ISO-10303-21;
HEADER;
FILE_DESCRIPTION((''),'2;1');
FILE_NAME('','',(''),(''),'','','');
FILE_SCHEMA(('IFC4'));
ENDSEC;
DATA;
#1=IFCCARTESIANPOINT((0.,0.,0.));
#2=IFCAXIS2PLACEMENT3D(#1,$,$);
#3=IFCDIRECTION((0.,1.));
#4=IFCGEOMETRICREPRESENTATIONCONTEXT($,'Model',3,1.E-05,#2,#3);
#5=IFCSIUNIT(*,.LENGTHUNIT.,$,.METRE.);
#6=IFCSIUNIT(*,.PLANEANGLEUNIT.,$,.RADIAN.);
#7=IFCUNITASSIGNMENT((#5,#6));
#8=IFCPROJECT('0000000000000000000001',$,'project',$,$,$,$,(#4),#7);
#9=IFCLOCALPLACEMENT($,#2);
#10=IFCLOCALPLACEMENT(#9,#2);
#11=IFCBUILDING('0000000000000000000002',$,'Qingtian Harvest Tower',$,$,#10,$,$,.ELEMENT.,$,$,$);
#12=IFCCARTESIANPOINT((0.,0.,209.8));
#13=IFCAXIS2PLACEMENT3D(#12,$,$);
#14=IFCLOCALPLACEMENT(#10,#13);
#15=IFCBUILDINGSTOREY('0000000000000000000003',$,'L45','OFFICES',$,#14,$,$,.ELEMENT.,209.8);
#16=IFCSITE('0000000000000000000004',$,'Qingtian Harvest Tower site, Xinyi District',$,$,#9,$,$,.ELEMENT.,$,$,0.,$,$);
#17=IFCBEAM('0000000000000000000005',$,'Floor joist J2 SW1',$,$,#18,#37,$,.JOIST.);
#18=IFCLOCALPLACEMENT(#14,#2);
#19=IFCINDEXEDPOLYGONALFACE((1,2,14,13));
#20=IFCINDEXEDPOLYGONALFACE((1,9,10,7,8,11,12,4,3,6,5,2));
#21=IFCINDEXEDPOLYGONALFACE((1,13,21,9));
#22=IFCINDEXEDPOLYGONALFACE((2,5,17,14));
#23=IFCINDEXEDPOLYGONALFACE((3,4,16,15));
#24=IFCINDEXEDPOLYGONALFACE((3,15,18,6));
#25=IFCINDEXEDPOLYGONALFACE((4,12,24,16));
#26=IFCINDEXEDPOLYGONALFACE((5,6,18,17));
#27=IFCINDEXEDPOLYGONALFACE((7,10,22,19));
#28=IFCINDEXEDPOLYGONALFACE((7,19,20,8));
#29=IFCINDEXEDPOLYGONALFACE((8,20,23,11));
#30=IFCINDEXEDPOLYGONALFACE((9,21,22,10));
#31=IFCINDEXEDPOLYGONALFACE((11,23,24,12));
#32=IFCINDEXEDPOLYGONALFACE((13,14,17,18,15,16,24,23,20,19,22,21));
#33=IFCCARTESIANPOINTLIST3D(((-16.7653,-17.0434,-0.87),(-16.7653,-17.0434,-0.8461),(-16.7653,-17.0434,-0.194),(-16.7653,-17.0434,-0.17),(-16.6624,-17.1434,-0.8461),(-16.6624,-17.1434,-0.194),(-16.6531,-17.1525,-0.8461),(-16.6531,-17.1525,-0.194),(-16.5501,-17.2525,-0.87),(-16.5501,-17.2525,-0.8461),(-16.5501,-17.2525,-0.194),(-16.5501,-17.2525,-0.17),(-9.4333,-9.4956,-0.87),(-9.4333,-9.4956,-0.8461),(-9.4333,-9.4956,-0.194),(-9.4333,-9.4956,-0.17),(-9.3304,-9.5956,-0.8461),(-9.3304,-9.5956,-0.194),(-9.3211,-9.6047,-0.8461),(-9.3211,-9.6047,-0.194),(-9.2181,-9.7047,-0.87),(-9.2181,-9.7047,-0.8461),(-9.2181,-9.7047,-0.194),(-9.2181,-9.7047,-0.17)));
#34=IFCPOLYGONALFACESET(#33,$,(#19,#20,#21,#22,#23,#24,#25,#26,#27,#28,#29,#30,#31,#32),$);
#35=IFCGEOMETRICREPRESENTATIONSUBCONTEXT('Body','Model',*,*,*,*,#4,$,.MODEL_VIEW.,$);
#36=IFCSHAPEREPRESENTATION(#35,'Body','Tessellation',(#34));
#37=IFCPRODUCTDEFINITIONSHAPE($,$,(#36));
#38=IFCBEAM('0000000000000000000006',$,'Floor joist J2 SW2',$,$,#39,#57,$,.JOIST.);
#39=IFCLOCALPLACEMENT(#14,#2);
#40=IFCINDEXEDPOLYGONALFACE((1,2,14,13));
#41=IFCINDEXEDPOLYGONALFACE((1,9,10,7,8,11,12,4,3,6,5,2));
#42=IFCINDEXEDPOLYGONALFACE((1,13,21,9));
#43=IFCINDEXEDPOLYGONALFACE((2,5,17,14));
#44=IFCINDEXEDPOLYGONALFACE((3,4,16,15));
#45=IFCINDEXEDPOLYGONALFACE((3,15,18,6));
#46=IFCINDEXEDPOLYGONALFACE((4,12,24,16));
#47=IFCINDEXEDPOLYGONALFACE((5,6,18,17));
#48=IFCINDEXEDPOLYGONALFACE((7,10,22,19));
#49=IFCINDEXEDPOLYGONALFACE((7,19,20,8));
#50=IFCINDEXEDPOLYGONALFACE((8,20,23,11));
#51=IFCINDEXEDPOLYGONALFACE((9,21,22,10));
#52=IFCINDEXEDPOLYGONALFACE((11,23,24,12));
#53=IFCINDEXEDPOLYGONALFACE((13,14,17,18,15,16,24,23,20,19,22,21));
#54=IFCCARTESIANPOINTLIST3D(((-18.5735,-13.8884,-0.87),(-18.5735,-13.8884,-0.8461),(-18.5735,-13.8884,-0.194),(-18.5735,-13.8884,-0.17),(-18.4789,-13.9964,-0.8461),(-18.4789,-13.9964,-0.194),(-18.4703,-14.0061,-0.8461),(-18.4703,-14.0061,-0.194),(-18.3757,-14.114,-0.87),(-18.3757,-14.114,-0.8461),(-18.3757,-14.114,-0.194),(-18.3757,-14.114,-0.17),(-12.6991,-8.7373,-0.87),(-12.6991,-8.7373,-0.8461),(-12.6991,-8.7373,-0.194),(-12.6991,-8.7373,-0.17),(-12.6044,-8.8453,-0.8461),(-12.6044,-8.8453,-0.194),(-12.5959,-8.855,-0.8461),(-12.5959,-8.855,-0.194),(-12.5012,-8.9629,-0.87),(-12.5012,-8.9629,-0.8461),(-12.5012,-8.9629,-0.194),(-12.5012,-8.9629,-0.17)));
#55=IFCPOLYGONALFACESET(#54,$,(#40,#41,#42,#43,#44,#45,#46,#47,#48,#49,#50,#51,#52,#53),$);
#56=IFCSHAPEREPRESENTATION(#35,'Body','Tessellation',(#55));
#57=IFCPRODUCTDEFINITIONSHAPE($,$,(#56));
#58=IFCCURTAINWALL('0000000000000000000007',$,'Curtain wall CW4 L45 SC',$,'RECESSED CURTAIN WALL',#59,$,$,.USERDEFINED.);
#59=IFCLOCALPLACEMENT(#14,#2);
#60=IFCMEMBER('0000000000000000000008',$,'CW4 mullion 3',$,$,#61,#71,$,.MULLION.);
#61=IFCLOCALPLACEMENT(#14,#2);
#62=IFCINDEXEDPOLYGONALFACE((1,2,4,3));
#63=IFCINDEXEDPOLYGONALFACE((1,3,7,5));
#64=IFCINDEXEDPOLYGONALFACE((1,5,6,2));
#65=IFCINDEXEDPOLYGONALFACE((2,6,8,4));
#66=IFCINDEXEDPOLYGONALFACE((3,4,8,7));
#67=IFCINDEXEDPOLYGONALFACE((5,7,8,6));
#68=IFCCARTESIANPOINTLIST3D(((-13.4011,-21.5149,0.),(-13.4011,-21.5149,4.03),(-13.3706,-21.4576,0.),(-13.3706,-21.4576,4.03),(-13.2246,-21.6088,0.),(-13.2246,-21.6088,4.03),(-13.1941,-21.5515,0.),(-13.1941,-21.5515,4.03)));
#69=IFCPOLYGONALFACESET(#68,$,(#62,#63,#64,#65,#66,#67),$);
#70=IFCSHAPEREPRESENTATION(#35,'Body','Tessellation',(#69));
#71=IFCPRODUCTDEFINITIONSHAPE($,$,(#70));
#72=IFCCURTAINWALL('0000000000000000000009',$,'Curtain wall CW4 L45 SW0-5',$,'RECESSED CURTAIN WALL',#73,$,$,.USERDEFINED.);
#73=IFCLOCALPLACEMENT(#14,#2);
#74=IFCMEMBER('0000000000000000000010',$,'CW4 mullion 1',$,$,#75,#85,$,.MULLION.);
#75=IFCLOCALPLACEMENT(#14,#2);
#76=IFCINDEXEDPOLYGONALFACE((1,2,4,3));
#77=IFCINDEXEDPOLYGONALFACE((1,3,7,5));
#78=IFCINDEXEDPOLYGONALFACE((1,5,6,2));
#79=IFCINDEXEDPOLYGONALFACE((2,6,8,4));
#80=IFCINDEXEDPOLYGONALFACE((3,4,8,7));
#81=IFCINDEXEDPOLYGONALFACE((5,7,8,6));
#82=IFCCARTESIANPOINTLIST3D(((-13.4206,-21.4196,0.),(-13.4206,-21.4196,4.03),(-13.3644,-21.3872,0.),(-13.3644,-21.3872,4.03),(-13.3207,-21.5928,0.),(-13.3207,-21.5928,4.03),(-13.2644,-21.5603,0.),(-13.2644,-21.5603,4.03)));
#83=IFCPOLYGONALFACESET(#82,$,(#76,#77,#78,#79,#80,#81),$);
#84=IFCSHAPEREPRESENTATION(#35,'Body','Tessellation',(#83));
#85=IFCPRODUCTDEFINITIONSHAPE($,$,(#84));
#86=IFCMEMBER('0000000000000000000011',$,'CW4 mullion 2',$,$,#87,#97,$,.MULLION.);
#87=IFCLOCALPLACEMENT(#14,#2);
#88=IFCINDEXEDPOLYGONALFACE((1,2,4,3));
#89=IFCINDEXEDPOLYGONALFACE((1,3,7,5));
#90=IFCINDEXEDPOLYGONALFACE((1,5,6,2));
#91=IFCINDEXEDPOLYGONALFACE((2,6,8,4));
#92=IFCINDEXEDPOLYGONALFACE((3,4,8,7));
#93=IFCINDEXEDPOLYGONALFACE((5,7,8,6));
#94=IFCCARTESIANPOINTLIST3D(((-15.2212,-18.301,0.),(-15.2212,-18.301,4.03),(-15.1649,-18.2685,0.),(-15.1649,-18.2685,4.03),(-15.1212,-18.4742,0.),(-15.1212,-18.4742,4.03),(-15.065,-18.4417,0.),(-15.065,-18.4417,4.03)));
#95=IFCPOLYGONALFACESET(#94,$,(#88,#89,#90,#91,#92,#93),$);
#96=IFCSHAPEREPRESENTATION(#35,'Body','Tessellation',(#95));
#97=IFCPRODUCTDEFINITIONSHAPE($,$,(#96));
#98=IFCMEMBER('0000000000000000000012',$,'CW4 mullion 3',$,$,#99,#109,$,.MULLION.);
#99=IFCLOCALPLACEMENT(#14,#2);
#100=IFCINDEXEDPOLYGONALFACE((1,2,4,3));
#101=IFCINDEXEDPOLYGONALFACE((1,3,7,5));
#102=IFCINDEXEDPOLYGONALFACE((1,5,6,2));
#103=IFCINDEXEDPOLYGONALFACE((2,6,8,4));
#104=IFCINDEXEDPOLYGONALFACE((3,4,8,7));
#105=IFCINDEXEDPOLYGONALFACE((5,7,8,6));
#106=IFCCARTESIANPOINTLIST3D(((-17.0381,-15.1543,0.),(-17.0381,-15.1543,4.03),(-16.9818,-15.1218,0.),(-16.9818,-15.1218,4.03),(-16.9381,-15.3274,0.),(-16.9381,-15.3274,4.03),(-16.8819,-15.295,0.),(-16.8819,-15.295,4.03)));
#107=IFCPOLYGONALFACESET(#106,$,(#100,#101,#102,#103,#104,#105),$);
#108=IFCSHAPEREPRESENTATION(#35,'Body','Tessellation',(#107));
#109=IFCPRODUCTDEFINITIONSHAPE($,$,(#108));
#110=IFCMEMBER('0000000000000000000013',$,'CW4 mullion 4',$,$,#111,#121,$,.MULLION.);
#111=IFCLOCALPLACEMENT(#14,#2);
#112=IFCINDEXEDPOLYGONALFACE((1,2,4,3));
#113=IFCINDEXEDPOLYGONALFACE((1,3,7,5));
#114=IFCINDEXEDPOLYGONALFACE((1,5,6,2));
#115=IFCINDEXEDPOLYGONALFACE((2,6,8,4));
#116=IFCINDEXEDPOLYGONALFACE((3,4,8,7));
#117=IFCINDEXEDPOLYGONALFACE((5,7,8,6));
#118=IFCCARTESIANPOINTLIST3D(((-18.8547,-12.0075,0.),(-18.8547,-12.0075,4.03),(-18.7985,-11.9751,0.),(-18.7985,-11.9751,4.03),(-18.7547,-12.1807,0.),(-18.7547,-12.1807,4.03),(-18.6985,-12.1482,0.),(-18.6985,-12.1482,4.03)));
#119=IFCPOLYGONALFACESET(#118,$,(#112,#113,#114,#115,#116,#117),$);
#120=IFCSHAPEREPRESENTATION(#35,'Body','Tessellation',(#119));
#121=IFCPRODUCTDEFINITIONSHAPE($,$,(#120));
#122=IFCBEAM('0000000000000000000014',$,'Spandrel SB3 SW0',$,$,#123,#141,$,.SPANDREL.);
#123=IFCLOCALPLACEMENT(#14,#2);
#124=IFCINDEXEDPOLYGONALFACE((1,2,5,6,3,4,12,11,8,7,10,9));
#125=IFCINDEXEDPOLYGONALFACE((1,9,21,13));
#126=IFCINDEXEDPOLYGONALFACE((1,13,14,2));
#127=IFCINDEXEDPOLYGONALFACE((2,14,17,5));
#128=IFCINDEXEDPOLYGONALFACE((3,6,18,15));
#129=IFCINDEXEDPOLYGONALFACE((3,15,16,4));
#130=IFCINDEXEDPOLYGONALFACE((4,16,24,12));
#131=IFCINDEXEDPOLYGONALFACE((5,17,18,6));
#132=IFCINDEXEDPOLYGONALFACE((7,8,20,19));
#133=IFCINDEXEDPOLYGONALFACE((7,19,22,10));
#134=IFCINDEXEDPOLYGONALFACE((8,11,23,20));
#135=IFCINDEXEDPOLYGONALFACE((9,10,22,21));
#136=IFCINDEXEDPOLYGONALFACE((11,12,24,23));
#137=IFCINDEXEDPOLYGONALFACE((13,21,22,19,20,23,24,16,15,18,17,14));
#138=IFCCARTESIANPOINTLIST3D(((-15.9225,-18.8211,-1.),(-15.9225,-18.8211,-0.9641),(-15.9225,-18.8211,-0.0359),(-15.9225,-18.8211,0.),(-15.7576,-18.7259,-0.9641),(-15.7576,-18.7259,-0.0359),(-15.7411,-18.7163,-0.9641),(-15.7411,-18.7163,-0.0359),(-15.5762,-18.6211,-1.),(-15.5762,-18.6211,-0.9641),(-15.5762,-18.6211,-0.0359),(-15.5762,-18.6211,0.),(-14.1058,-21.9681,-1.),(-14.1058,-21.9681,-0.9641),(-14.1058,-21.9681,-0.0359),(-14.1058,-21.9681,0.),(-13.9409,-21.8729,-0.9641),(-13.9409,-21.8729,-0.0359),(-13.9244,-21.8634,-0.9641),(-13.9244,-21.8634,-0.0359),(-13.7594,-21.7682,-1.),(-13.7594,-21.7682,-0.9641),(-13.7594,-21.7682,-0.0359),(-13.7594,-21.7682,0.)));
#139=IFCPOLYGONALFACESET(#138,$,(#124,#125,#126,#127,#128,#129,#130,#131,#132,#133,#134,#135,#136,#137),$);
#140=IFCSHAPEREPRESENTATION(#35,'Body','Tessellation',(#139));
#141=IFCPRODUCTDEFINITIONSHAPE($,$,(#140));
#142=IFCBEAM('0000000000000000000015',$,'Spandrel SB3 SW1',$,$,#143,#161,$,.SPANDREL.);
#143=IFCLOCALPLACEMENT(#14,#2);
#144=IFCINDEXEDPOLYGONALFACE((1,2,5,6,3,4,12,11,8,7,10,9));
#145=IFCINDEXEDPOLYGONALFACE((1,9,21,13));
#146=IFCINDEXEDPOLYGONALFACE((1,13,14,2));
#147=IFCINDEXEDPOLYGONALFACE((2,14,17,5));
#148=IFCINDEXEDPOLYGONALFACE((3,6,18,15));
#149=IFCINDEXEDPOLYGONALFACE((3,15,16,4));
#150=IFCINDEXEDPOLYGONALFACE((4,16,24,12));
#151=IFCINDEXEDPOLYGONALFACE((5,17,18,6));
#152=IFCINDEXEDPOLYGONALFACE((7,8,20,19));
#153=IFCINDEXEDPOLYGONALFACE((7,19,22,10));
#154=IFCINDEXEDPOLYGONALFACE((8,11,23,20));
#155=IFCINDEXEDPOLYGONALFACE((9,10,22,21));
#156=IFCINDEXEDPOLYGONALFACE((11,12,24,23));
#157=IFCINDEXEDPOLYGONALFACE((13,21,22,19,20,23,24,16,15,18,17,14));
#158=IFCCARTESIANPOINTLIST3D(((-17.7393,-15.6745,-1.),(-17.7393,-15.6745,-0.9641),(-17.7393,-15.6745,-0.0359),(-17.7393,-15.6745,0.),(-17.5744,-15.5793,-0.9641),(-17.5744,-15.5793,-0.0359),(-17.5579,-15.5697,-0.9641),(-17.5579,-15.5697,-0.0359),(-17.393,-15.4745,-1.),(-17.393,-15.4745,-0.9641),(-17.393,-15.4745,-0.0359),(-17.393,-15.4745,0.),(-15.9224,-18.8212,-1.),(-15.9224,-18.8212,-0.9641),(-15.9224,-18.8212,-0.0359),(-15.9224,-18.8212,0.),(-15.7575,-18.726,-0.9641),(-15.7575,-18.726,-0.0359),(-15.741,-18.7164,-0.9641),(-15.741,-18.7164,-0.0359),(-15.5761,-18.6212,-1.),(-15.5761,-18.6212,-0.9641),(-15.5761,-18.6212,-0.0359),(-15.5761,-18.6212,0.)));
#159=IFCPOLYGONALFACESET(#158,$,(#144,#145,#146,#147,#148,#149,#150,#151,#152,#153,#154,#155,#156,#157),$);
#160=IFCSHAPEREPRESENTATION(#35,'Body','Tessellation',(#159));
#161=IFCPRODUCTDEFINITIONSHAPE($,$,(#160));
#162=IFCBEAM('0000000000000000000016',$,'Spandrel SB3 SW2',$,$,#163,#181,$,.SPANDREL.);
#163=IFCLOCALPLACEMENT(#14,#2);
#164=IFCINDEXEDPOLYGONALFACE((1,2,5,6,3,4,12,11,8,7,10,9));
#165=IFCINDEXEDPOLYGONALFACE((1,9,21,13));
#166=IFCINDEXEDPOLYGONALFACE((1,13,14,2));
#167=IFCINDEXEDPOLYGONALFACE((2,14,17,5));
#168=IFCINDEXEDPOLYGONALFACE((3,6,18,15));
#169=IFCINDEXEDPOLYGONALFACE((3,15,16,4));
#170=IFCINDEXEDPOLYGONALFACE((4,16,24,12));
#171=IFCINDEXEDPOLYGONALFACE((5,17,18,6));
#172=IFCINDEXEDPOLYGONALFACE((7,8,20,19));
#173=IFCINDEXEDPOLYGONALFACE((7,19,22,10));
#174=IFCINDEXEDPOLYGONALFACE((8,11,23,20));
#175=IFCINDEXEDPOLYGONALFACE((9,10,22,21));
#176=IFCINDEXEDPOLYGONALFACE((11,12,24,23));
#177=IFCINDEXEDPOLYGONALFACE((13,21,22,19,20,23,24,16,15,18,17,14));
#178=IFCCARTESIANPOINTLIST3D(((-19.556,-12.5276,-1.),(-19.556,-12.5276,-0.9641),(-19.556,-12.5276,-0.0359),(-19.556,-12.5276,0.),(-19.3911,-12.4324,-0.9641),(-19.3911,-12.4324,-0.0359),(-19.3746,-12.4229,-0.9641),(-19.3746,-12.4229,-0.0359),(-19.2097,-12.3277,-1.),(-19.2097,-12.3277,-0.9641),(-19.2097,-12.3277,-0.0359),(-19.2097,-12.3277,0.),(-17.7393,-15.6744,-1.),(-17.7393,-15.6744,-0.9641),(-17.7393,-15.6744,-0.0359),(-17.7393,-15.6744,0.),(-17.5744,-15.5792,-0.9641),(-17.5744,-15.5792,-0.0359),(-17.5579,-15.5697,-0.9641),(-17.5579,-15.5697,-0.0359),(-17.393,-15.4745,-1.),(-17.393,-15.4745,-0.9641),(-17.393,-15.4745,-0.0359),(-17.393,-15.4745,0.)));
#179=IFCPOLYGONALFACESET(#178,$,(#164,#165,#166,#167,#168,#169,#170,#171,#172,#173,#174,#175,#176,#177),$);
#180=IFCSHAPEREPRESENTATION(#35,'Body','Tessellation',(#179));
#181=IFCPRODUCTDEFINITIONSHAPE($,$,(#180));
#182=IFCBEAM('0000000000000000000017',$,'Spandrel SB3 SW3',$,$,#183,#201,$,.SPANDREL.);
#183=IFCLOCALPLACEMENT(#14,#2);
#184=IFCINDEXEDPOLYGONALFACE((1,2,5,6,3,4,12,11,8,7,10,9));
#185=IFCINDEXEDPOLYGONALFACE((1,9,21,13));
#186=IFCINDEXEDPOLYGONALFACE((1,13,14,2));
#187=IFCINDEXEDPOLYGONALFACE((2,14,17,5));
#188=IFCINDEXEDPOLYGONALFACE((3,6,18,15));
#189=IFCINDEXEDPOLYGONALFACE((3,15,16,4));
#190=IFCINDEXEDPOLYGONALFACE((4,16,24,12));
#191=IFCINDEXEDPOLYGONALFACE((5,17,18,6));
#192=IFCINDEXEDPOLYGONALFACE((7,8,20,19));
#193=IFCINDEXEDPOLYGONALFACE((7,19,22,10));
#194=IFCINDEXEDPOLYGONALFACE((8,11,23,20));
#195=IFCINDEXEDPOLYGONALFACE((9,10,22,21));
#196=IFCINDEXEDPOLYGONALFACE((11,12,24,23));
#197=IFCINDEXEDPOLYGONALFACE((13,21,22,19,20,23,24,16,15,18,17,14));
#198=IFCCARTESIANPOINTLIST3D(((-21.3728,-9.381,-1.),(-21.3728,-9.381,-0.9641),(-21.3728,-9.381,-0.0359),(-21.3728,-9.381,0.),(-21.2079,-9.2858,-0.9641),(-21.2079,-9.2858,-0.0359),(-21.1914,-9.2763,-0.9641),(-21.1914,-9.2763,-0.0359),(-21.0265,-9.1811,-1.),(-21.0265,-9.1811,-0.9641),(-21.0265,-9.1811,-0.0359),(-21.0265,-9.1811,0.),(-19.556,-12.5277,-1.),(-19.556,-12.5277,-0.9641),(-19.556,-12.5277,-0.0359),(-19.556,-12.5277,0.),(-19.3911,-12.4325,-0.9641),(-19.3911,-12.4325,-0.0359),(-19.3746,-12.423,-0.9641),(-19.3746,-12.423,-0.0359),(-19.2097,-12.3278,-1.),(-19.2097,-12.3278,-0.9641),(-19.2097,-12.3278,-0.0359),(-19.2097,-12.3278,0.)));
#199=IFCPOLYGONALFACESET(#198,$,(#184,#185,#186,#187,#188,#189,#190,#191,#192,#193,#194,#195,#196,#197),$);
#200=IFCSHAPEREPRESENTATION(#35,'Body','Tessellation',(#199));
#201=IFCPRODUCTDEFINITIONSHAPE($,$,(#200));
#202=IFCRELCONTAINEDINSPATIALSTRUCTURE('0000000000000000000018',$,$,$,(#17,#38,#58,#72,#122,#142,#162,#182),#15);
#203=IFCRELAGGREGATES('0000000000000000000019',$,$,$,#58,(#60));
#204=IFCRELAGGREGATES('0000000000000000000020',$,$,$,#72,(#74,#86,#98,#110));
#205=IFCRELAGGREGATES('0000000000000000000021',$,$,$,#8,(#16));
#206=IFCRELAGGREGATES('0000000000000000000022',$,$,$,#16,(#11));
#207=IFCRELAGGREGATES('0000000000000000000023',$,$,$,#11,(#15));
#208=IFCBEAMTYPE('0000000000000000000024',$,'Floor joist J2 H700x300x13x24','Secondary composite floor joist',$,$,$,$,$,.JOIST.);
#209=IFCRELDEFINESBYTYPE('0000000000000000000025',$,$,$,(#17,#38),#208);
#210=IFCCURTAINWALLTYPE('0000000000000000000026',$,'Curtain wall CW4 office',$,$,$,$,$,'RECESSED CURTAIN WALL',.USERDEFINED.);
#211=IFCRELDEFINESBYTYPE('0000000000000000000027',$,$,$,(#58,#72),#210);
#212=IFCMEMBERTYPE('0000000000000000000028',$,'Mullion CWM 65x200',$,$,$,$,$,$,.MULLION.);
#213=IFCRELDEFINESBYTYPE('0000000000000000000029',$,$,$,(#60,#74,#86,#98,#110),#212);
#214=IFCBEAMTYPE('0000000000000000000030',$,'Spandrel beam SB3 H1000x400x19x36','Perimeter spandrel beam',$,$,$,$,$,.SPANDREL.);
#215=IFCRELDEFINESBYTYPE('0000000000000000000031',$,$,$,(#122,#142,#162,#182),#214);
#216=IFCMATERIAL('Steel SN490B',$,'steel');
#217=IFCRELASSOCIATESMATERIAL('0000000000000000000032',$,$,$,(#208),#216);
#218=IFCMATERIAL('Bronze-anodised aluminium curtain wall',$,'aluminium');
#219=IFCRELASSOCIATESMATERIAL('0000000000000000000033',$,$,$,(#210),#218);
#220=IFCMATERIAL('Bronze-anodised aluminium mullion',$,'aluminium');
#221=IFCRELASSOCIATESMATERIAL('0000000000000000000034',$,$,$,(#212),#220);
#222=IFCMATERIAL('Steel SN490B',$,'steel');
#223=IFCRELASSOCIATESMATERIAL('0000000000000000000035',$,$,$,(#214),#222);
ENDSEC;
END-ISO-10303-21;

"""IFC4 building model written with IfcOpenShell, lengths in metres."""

from ifc_helpers import new_model, si_unit, direction, frame, origin, origin_2d, place, context, subcontext, project, spatial, rectangle, i_section, extrude, material, material_profile, profile_set, type_object, element, aggregate, save


model = new_model("IFC4")

# Units and contexts
model_context = context("Model", 3, precision=1e-05, world=origin(), true_north=direction((0.0, 1.0)))
body_context = subcontext(model_context, "Body", "Model", "MODEL_VIEW")
ifc_project = project(units=[si_unit("LENGTHUNIT", "METRE"), si_unit("PLANEANGLEUNIT", "RADIAN")], contexts=[model_context])

# Site, building, storey
site_placement = place(None, origin())
site = spatial("IfcSite", under=ifc_project, at=site_placement, Name="Qingtian Harvest Tower site, Xinyi District", CompositionType="ELEMENT", RefElevation=0.0)
building_placement = place(site_placement, origin())
building = spatial("IfcBuilding", under=site, at=building_placement, Name="Qingtian Harvest Tower", CompositionType="ELEMENT")
storey_placement = place(building_placement, frame((0.0, 0.0, 209.8)))
storey = spatial("IfcBuildingStorey", under=building, at=storey_placement, Name="L45", Description="OFFICES", CompositionType="ELEMENT", Elevation=209.8)

# Beams
ifc_material_1 = material(Name="Steel SN490B", Category="steel")
ifc_material_profile_1 = material_profile(ifc_material_1, i_section(OverallWidth=0.3, OverallDepth=0.7, WebThickness=0.0129, FlangeThickness=0.0239, at=origin_2d()), Name="H700x300x13x24")
ifc_profile_set_1 = profile_set([ifc_material_profile_1], Name="Steel SN490B")
beam_type_1 = type_object("IfcBeamType", Name="Floor joist J2 H700x300x13x24", Description="Secondary composite floor joist", PredefinedType="JOIST", material=ifc_profile_set_1)
beam_1_placement = place(storey_placement, frame((-16.6577, -17.1479, -0.52), z_axis=(0.696777, 0.717287, 0.0), x_axis=(-0.717287, 0.696777, 0.0)))
element("IfcBeam", 1, at=beam_1_placement, inside=storey, type_object=beam_type_1, Name="Floor joist J2 SW1", PredefinedType="JOIST", context=body_context, shape_type="SweptSolid", body=[
    extrude(i_section(OverallWidth=0.3, OverallDepth=0.7, WebThickness=0.0129, FlangeThickness=0.0239, at=origin_2d()), origin(), (0.0, 0.0, 1.0), 10.5227),
])
beam_2_placement = place(storey_placement, frame((-18.4746, -14.0012, -0.52), z_axis=(0.751883, 0.659296, 0.0), x_axis=(-0.659296, 0.751883, 0.0)))
element("IfcBeam", 2, at=beam_2_placement, inside=storey, type_object=beam_type_1, Name="Floor joist J2 SW2", PredefinedType="JOIST", context=body_context, shape_type="SweptSolid", body=[
    extrude(i_section(OverallWidth=0.3, OverallDepth=0.7, WebThickness=0.0129, FlangeThickness=0.0239, at=origin_2d()), origin(), (0.0, 0.0, 1.0), 7.813),
])

# Curtain wall, member
ifc_material_2 = material(Name="Bronze-anodised aluminium curtain wall", Category="aluminium")
curtain_wall_type = type_object("IfcCurtainWallType", Name="Curtain wall CW4 office", ElementType="RECESSED CURTAIN WALL", PredefinedType="USERDEFINED", material=ifc_material_2)
curtain_wall_1_placement = place(storey_placement, origin())
curtain_wall_1 = element("IfcCurtainWall", 3, at=curtain_wall_1_placement, inside=storey, type_object=curtain_wall_type, Name="Curtain wall CW4 L45 SC", ObjectType="RECESSED CURTAIN WALL", PredefinedType="USERDEFINED")
ifc_material_3 = material(Name="Bronze-anodised aluminium mullion", Category="aluminium")
ifc_material_profile_2 = material_profile(ifc_material_3, rectangle(XDim=0.0649, YDim=0.2, at=origin_2d()), Name="AL 65x200")
ifc_profile_set_2 = profile_set([ifc_material_profile_2], Name="Bronze-anodised aluminium mullion")
member_type_1 = type_object("IfcMemberType", Name="Mullion CWM 65x200", PredefinedType="MULLION", material=ifc_profile_set_2)
member_1_placement = place(storey_placement, frame((-13.2976, -21.5332, 0.0), z_axis=(0.0, 0.0, 1.0), x_axis=(-0.469472, -0.882948, 0.0)))
member_1 = element("IfcMember", 4, at=member_1_placement, type_object=member_type_1, Name="CW4 mullion 3", PredefinedType="MULLION", context=body_context, shape_type="SweptSolid", body=[
    extrude(rectangle(XDim=0.0649, YDim=0.2, at=origin_2d()), origin(), (0.0, 0.0, 1.0), 4.03),
])

# Curtain wall, members
curtain_wall_2_placement = place(storey_placement, origin())
curtain_wall_2 = element("IfcCurtainWall", 5, at=curtain_wall_2_placement, inside=storey, type_object=curtain_wall_type, Name="Curtain wall CW4 L45 SW0-5", ObjectType="RECESSED CURTAIN WALL", PredefinedType="USERDEFINED")
member_2_placement = place(storey_placement, frame((-13.3425, -21.49, 0.0), z_axis=(0.0, 0.0, 1.0), x_axis=(-0.866025, -0.5, 0.0)))
member_2 = element("IfcMember", 6, at=member_2_placement, type_object=member_type_1, Name="CW4 mullion 1", PredefinedType="MULLION", context=body_context, shape_type="SweptSolid", body=[
    extrude(rectangle(XDim=0.0649, YDim=0.2, at=origin_2d()), origin(), (0.0, 0.0, 1.0), 4.03),
])
member_3_placement = place(storey_placement, frame((-15.1431, -18.3713, 0.0), z_axis=(0.0, 0.0, 1.0), x_axis=(-0.866025, -0.5, 0.0)))
member_3 = element("IfcMember", 7, at=member_3_placement, type_object=member_type_1, Name="CW4 mullion 2", PredefinedType="MULLION", context=body_context, shape_type="SweptSolid", body=[
    extrude(rectangle(XDim=0.0649, YDim=0.2, at=origin_2d()), origin(), (0.0, 0.0, 1.0), 4.03),
])
member_4_placement = place(storey_placement, frame((-16.96, -15.2246, 0.0), z_axis=(0.0, 0.0, 1.0), x_axis=(-0.866025, -0.5, 0.0)))
member_4 = element("IfcMember", 8, at=member_4_placement, type_object=member_type_1, Name="CW4 mullion 3", PredefinedType="MULLION", context=body_context, shape_type="SweptSolid", body=[
    extrude(rectangle(XDim=0.0649, YDim=0.2, at=origin_2d()), origin(), (0.0, 0.0, 1.0), 4.03),
])
member_5_placement = place(storey_placement, frame((-18.7766, -12.0779, 0.0), z_axis=(0.0, 0.0, 1.0), x_axis=(-0.866025, -0.5, 0.0)))
member_5 = element("IfcMember", 9, at=member_5_placement, type_object=member_type_1, Name="CW4 mullion 4", PredefinedType="MULLION", context=body_context, shape_type="SweptSolid", body=[
    extrude(rectangle(XDim=0.0649, YDim=0.2, at=origin_2d()), origin(), (0.0, 0.0, 1.0), 4.03),
])

# Beams
ifc_material_4 = material(Name="Steel SN490B", Category="steel")
ifc_material_profile_3 = material_profile(ifc_material_4, i_section(OverallWidth=0.3999, OverallDepth=1.0, WebThickness=0.019, FlangeThickness=0.0359, at=origin_2d()), Name="H1000x400x19x36")
ifc_profile_set_3 = profile_set([ifc_material_profile_3], Name="Steel SN490B")
beam_type_2 = type_object("IfcBeamType", Name="Spandrel beam SB3 H1000x400x19x36", Description="Perimeter spandrel beam", PredefinedType="SPANDREL", material=ifc_profile_set_3)
beam_3_placement = place(storey_placement, frame((-13.9326, -21.8682, -0.5), z_axis=(-0.499947, 0.866056, 0.0), x_axis=(-0.866056, -0.499947, 0.0)))
element("IfcBeam", 10, at=beam_3_placement, inside=storey, type_object=beam_type_2, Name="Spandrel SB3 SW0", PredefinedType="SPANDREL", context=body_context, shape_type="SweptSolid", body=[
    extrude(i_section(OverallWidth=0.3999, OverallDepth=1.0, WebThickness=0.019, FlangeThickness=0.0359, at=origin_2d()), origin(), (0.0, 0.0, 1.0), 3.6338),
])
for number, where, z_axis, x_axis, name in (
    (11, (-15.7493, -18.7212, -0.5), (-0.500027, 0.86601, 0.0), (-0.86601, -0.500027, 0.0), "Spandrel SB3 SW1"),
    (12, (-17.5662, -15.5745, -0.5), (-0.499976, 0.866039, 0.0), (-0.866039, -0.499976, 0.0), "Spandrel SB3 SW2"),
    (13, (-19.3828, -12.4277, -0.5), (-0.500027, 0.86601, 0.0), (-0.86601, -0.500027, 0.0), "Spandrel SB3 SW3"),
):
    element("IfcBeam", number, at=place(storey_placement, frame(where, z_axis=z_axis, x_axis=x_axis)), inside=storey, type_object=beam_type_2, Name=name, PredefinedType="SPANDREL", context=body_context, shape_type="SweptSolid", body=[
        extrude(i_section(OverallWidth=0.3999, OverallDepth=1.0, WebThickness=0.019, FlangeThickness=0.0359, at=origin_2d()), origin(), (0.0, 0.0, 1.0), 3.6335),
    ])

aggregate(curtain_wall_1, [member_1])
aggregate(curtain_wall_2, [member_2, member_3, member_4, member_5])

save(model, "model.ifc")
